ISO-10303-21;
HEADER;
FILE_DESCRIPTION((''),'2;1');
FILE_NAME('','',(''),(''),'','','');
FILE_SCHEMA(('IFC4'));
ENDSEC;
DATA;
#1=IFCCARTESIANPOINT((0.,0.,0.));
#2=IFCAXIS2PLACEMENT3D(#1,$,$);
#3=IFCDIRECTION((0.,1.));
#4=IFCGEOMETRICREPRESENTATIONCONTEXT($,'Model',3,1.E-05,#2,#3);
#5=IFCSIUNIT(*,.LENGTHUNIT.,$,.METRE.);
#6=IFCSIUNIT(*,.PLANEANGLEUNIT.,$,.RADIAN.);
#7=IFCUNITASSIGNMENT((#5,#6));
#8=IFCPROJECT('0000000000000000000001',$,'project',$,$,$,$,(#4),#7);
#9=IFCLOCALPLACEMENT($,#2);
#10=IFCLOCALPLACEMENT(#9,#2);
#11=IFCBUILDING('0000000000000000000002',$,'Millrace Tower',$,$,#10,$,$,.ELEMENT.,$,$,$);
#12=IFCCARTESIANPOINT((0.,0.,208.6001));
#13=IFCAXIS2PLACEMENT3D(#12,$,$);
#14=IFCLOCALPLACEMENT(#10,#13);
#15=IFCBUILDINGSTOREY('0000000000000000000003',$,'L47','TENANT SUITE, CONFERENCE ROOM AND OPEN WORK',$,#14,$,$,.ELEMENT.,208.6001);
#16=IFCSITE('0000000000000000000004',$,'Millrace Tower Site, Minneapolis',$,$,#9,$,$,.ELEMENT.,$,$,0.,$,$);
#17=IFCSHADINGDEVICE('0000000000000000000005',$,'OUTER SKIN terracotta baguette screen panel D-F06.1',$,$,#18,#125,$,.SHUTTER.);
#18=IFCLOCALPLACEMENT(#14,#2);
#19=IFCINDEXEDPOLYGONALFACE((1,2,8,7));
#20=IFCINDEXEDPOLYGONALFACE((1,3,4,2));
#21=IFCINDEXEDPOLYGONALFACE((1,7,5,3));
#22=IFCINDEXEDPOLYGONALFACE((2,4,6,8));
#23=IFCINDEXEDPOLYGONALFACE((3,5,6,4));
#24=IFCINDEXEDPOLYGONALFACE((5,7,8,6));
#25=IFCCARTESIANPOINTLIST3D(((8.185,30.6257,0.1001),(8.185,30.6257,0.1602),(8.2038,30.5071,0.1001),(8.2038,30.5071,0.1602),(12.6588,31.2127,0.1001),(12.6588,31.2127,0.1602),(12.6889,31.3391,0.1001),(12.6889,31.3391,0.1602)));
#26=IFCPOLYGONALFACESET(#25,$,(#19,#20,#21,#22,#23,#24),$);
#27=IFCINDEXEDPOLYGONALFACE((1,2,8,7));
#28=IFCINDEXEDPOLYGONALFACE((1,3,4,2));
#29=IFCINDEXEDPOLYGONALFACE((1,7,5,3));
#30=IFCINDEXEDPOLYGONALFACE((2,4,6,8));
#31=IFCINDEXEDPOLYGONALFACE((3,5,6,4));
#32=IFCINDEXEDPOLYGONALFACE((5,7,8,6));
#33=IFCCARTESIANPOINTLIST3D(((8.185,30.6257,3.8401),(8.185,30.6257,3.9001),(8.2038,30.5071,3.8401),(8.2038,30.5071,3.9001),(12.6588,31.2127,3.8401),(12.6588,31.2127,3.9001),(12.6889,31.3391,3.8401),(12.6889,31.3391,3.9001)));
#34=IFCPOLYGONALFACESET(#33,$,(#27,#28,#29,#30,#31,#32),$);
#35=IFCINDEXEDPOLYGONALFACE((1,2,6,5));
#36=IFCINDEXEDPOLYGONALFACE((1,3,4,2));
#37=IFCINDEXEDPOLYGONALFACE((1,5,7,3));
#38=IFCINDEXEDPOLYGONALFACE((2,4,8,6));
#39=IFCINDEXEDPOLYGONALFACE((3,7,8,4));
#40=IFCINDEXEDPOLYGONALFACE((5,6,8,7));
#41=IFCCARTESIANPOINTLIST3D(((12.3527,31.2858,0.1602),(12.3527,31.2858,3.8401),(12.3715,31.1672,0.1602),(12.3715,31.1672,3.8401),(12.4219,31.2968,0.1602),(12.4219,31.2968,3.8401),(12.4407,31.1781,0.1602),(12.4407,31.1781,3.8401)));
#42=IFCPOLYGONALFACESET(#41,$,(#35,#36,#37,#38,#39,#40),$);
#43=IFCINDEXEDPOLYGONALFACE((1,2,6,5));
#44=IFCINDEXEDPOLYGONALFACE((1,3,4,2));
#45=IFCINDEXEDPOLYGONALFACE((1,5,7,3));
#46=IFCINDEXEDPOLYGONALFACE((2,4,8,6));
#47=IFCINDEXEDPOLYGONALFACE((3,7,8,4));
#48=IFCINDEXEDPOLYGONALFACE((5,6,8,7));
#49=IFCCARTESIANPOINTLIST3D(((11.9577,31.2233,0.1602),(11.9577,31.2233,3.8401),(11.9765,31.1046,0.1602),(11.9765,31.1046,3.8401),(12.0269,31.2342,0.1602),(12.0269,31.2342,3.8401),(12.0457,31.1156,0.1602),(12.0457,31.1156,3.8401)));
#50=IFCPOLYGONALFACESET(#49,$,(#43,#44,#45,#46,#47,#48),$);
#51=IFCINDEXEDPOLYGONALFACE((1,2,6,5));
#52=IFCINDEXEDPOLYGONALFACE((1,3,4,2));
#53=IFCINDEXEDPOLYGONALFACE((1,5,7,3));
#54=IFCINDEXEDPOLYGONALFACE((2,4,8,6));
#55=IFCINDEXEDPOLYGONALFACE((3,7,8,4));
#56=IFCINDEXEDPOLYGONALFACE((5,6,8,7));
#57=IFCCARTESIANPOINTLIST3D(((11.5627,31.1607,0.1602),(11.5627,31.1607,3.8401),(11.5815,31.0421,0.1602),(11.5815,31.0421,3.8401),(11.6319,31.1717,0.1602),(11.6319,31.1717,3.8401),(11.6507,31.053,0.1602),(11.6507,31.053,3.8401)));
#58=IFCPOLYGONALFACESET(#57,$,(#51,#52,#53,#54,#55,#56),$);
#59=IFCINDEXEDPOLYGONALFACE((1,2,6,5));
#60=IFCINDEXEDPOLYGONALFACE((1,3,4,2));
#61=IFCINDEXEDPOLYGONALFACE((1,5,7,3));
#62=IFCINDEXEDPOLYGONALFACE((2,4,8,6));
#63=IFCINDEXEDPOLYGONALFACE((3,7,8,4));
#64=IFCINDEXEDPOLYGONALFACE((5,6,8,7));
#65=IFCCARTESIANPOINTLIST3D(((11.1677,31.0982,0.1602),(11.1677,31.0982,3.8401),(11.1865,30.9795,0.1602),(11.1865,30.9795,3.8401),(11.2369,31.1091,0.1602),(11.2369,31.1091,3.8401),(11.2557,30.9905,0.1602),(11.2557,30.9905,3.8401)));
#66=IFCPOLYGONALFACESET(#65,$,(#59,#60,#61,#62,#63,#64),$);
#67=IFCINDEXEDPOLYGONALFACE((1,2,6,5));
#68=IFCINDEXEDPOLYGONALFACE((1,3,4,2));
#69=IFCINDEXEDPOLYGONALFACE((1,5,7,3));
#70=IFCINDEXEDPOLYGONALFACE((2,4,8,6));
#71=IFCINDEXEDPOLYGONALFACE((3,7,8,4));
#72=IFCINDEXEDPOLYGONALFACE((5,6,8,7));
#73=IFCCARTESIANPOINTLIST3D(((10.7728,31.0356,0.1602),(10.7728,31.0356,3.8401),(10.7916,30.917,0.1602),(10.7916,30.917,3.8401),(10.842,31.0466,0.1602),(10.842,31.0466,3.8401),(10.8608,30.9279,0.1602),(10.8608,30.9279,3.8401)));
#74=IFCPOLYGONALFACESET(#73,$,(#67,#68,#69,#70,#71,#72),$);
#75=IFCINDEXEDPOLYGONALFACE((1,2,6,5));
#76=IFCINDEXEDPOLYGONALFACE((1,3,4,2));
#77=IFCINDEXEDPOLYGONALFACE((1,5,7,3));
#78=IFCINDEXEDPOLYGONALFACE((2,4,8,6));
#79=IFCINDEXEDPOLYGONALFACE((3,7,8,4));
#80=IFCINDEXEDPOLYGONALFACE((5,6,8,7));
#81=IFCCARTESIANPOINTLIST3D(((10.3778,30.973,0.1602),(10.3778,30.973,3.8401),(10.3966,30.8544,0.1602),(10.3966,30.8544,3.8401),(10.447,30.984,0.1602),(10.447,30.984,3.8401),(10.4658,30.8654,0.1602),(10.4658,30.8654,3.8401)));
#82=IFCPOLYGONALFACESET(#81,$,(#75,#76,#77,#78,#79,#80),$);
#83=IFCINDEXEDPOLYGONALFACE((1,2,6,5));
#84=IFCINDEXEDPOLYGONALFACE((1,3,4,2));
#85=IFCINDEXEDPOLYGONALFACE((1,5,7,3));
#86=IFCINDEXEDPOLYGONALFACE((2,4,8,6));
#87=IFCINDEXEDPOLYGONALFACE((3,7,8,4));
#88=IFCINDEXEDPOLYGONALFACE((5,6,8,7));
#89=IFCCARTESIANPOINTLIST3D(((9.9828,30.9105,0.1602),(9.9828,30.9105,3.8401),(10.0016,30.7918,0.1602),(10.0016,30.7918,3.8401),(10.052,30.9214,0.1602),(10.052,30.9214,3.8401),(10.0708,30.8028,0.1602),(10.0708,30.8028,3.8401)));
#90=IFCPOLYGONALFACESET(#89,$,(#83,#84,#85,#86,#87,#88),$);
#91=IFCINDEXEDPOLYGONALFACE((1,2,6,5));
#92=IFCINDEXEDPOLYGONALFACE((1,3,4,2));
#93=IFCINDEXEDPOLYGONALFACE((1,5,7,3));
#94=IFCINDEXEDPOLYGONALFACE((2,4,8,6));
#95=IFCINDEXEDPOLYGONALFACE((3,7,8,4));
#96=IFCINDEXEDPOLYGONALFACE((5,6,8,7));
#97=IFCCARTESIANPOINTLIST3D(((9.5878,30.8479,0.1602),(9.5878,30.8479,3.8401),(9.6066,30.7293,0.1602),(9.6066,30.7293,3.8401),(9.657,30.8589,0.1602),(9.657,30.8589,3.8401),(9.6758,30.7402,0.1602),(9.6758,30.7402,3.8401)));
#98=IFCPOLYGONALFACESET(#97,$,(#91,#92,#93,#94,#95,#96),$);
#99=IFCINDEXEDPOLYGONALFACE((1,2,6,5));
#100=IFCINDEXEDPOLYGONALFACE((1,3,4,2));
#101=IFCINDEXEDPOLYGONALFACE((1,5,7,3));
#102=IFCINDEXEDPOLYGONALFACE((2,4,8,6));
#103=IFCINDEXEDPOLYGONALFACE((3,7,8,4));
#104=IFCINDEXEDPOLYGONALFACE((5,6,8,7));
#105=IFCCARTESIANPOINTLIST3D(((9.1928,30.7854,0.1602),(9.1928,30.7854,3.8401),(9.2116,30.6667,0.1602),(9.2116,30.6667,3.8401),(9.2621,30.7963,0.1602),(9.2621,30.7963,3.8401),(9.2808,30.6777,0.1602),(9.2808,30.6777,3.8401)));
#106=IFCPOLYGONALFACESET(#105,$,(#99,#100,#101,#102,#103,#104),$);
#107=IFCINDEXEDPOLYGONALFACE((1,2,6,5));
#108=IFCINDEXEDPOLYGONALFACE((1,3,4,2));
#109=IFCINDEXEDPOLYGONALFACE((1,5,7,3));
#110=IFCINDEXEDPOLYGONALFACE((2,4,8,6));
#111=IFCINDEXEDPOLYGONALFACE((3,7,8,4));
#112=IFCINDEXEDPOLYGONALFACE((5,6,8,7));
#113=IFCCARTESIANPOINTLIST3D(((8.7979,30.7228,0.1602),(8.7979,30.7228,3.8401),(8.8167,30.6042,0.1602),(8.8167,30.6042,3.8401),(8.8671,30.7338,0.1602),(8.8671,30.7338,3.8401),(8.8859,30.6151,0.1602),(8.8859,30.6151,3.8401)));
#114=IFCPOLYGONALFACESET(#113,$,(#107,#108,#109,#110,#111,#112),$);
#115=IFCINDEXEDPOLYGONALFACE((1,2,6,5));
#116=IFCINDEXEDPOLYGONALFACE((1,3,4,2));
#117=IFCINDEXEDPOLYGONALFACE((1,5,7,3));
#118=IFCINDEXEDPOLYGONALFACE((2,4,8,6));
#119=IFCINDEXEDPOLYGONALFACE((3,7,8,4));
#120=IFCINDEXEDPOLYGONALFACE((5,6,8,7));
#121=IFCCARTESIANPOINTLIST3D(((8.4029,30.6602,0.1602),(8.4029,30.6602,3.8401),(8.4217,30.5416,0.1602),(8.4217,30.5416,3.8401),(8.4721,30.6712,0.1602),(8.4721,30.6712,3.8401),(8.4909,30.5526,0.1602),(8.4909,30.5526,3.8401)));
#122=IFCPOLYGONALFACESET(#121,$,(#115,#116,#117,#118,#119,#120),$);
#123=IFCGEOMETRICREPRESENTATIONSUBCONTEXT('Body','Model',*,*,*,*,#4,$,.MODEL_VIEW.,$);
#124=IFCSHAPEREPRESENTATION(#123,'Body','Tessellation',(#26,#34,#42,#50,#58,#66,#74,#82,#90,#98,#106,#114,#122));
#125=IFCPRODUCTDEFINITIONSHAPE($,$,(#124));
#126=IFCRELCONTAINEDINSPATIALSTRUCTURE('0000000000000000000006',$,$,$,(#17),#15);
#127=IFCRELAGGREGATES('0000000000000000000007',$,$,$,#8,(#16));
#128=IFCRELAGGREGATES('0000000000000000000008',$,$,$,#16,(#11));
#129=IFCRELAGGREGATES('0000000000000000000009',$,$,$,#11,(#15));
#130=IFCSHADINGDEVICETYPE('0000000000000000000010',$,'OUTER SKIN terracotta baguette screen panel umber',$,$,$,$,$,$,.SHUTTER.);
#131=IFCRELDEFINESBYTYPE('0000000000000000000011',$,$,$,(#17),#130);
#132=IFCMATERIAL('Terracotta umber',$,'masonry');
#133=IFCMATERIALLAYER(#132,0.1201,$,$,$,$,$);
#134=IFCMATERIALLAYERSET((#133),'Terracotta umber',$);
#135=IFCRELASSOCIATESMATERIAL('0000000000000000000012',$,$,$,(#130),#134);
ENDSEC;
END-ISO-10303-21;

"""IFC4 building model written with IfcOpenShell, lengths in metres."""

from ifc_helpers import new_model, entity, si_unit, direction, frame, frame_2d, origin, place, context, subcontext, project, spatial, rectangle, extrude, source, transform, mapped, material, layer, layer_set, type_object, element, save


model = new_model("IFC4")

# Units and contexts
model_context = context("Model", 3, precision=1e-05, world=origin(), true_north=direction((0.0, 1.0)))
body_context = subcontext(model_context, "Body", "Model", "MODEL_VIEW")
ifc_project = project(units=[si_unit("LENGTHUNIT", "METRE"), si_unit("PLANEANGLEUNIT", "RADIAN")], contexts=[model_context])

# Site, building, storey
site_placement = place(None, origin())
site = spatial("IfcSite", under=ifc_project, at=site_placement, Name="Millrace Tower Site, Minneapolis", CompositionType="ELEMENT", RefElevation=0.0)
building_placement = place(site_placement, origin())
building = spatial("IfcBuilding", under=site, at=building_placement, Name="Millrace Tower", CompositionType="ELEMENT")
storey_placement = place(building_placement, frame((0.0, 0.0, 208.6001)))
storey = spatial("IfcBuildingStorey", under=building, at=storey_placement, Name="L47", Description="TENANT SUITE, CONFERENCE ROOM AND OPEN WORK", CompositionType="ELEMENT", Elevation=208.6001)

# Shading device
ifc_material_1 = material(Name="Terracotta umber", Category="masonry")
ifc_layer_1 = layer(ifc_material_1, 0.1201)
ifc_layer_set_1 = layer_set([ifc_layer_1], Name="Terracotta umber")
shading_device_type = type_object("IfcShadingDeviceType", Name="OUTER SKIN terracotta baguette screen panel umber", PredefinedType="SHUTTER", material=ifc_layer_set_1)
cartesian_point_1 = entity("IfcCartesianPoint", [-2.2429, 0.0601])
shared_polyline_1 = entity("IfcPolyline", [cartesian_point_1, entity("IfcCartesianPoint", [2.2676, 0.0601]), entity("IfcCartesianPoint", [2.2676, -0.0601]), entity("IfcCartesianPoint", [-2.2925, -0.0601]), cartesian_point_1])
shared_shape_1 = source(origin(), body_context, "Body", "SweptSolid", [
    entity("IfcExtrudedAreaSolid", entity("IfcArbitraryClosedProfileDef", "AREA", None, shared_polyline_1), entity("IfcAxis2Placement3D", entity("IfcCartesianPoint", [0.0, 0.0, 0.0])), entity("IfcDirection", [0.0, 0.0, 1.0]), 0.0601),
    entity("IfcExtrudedAreaSolid", entity("IfcArbitraryClosedProfileDef", "AREA", None, shared_polyline_1), entity("IfcAxis2Placement3D", entity("IfcCartesianPoint", [0.0, 0.0, 3.74])), entity("IfcDirection", [0.0, 0.0, 1.0]), 0.0601),
    extrude(rectangle(XDim=0.0701, YDim=0.1201, at=frame_2d((-1.9871, 0.0))), frame((0.0, 0.0, 0.0601)), (0.0, 0.0, 1.0), 3.6799),
    extrude(rectangle(XDim=0.0701, YDim=0.1201, at=frame_2d((-1.5872, 0.0))), frame((0.0, 0.0, 0.0601)), (0.0, 0.0, 1.0), 3.6799),
    extrude(rectangle(XDim=0.0701, YDim=0.1201, at=frame_2d((-1.1873, 0.0))), frame((0.0, 0.0, 0.0601)), (0.0, 0.0, 1.0), 3.6799),
    extrude(rectangle(XDim=0.0701, YDim=0.1201, at=frame_2d((-0.7874, 0.0))), frame((0.0, 0.0, 0.0601)), (0.0, 0.0, 1.0), 3.6799),
    extrude(rectangle(XDim=0.0701, YDim=0.1201, at=frame_2d((-0.3875, 0.0))), frame((0.0, 0.0, 0.0601)), (0.0, 0.0, 1.0), 3.6799),
    extrude(rectangle(XDim=0.0701, YDim=0.1201, at=frame_2d((0.0125, 0.0))), frame((0.0, 0.0, 0.0601)), (0.0, 0.0, 1.0), 3.6799),
    extrude(rectangle(XDim=0.0701, YDim=0.1201, at=frame_2d((0.4124, 0.0))), frame((0.0, 0.0, 0.0601)), (0.0, 0.0, 1.0), 3.6799),
    extrude(rectangle(XDim=0.0701, YDim=0.1201, at=frame_2d((0.8123, 0.0))), frame((0.0, 0.0, 0.0601)), (0.0, 0.0, 1.0), 3.6799),
    extrude(rectangle(XDim=0.0701, YDim=0.1201, at=frame_2d((1.2122, 0.0))), frame((0.0, 0.0, 0.0601)), (0.0, 0.0, 1.0), 3.6799),
    extrude(rectangle(XDim=0.0701, YDim=0.1201, at=frame_2d((1.6121, 0.0))), frame((0.0, 0.0, 0.0601)), (0.0, 0.0, 1.0), 3.6799),
    extrude(rectangle(XDim=0.0701, YDim=0.1201, at=frame_2d((2.012, 0.0))), frame((0.0, 0.0, 0.0601)), (0.0, 0.0, 1.0), 3.6799),
])
shading_device_1_placement = place(storey_placement, frame((10.4341, 30.9211, 0.1001), z_axis=(0.0, 0.0, 1.0), x_axis=(-0.987688, -0.156434, 0.0)))
element("IfcShadingDevice", 1, at=shading_device_1_placement, inside=storey, type_object=shading_device_type, Name="OUTER SKIN terracotta baguette screen panel D-F06.1", PredefinedType="SHUTTER", context=body_context, shape_type="MappedRepresentation", body=[
    mapped(shared_shape_1, transform((0.0, 0.0, 0.0), scale=1.0)),
])

save(model, "model.ifc")
